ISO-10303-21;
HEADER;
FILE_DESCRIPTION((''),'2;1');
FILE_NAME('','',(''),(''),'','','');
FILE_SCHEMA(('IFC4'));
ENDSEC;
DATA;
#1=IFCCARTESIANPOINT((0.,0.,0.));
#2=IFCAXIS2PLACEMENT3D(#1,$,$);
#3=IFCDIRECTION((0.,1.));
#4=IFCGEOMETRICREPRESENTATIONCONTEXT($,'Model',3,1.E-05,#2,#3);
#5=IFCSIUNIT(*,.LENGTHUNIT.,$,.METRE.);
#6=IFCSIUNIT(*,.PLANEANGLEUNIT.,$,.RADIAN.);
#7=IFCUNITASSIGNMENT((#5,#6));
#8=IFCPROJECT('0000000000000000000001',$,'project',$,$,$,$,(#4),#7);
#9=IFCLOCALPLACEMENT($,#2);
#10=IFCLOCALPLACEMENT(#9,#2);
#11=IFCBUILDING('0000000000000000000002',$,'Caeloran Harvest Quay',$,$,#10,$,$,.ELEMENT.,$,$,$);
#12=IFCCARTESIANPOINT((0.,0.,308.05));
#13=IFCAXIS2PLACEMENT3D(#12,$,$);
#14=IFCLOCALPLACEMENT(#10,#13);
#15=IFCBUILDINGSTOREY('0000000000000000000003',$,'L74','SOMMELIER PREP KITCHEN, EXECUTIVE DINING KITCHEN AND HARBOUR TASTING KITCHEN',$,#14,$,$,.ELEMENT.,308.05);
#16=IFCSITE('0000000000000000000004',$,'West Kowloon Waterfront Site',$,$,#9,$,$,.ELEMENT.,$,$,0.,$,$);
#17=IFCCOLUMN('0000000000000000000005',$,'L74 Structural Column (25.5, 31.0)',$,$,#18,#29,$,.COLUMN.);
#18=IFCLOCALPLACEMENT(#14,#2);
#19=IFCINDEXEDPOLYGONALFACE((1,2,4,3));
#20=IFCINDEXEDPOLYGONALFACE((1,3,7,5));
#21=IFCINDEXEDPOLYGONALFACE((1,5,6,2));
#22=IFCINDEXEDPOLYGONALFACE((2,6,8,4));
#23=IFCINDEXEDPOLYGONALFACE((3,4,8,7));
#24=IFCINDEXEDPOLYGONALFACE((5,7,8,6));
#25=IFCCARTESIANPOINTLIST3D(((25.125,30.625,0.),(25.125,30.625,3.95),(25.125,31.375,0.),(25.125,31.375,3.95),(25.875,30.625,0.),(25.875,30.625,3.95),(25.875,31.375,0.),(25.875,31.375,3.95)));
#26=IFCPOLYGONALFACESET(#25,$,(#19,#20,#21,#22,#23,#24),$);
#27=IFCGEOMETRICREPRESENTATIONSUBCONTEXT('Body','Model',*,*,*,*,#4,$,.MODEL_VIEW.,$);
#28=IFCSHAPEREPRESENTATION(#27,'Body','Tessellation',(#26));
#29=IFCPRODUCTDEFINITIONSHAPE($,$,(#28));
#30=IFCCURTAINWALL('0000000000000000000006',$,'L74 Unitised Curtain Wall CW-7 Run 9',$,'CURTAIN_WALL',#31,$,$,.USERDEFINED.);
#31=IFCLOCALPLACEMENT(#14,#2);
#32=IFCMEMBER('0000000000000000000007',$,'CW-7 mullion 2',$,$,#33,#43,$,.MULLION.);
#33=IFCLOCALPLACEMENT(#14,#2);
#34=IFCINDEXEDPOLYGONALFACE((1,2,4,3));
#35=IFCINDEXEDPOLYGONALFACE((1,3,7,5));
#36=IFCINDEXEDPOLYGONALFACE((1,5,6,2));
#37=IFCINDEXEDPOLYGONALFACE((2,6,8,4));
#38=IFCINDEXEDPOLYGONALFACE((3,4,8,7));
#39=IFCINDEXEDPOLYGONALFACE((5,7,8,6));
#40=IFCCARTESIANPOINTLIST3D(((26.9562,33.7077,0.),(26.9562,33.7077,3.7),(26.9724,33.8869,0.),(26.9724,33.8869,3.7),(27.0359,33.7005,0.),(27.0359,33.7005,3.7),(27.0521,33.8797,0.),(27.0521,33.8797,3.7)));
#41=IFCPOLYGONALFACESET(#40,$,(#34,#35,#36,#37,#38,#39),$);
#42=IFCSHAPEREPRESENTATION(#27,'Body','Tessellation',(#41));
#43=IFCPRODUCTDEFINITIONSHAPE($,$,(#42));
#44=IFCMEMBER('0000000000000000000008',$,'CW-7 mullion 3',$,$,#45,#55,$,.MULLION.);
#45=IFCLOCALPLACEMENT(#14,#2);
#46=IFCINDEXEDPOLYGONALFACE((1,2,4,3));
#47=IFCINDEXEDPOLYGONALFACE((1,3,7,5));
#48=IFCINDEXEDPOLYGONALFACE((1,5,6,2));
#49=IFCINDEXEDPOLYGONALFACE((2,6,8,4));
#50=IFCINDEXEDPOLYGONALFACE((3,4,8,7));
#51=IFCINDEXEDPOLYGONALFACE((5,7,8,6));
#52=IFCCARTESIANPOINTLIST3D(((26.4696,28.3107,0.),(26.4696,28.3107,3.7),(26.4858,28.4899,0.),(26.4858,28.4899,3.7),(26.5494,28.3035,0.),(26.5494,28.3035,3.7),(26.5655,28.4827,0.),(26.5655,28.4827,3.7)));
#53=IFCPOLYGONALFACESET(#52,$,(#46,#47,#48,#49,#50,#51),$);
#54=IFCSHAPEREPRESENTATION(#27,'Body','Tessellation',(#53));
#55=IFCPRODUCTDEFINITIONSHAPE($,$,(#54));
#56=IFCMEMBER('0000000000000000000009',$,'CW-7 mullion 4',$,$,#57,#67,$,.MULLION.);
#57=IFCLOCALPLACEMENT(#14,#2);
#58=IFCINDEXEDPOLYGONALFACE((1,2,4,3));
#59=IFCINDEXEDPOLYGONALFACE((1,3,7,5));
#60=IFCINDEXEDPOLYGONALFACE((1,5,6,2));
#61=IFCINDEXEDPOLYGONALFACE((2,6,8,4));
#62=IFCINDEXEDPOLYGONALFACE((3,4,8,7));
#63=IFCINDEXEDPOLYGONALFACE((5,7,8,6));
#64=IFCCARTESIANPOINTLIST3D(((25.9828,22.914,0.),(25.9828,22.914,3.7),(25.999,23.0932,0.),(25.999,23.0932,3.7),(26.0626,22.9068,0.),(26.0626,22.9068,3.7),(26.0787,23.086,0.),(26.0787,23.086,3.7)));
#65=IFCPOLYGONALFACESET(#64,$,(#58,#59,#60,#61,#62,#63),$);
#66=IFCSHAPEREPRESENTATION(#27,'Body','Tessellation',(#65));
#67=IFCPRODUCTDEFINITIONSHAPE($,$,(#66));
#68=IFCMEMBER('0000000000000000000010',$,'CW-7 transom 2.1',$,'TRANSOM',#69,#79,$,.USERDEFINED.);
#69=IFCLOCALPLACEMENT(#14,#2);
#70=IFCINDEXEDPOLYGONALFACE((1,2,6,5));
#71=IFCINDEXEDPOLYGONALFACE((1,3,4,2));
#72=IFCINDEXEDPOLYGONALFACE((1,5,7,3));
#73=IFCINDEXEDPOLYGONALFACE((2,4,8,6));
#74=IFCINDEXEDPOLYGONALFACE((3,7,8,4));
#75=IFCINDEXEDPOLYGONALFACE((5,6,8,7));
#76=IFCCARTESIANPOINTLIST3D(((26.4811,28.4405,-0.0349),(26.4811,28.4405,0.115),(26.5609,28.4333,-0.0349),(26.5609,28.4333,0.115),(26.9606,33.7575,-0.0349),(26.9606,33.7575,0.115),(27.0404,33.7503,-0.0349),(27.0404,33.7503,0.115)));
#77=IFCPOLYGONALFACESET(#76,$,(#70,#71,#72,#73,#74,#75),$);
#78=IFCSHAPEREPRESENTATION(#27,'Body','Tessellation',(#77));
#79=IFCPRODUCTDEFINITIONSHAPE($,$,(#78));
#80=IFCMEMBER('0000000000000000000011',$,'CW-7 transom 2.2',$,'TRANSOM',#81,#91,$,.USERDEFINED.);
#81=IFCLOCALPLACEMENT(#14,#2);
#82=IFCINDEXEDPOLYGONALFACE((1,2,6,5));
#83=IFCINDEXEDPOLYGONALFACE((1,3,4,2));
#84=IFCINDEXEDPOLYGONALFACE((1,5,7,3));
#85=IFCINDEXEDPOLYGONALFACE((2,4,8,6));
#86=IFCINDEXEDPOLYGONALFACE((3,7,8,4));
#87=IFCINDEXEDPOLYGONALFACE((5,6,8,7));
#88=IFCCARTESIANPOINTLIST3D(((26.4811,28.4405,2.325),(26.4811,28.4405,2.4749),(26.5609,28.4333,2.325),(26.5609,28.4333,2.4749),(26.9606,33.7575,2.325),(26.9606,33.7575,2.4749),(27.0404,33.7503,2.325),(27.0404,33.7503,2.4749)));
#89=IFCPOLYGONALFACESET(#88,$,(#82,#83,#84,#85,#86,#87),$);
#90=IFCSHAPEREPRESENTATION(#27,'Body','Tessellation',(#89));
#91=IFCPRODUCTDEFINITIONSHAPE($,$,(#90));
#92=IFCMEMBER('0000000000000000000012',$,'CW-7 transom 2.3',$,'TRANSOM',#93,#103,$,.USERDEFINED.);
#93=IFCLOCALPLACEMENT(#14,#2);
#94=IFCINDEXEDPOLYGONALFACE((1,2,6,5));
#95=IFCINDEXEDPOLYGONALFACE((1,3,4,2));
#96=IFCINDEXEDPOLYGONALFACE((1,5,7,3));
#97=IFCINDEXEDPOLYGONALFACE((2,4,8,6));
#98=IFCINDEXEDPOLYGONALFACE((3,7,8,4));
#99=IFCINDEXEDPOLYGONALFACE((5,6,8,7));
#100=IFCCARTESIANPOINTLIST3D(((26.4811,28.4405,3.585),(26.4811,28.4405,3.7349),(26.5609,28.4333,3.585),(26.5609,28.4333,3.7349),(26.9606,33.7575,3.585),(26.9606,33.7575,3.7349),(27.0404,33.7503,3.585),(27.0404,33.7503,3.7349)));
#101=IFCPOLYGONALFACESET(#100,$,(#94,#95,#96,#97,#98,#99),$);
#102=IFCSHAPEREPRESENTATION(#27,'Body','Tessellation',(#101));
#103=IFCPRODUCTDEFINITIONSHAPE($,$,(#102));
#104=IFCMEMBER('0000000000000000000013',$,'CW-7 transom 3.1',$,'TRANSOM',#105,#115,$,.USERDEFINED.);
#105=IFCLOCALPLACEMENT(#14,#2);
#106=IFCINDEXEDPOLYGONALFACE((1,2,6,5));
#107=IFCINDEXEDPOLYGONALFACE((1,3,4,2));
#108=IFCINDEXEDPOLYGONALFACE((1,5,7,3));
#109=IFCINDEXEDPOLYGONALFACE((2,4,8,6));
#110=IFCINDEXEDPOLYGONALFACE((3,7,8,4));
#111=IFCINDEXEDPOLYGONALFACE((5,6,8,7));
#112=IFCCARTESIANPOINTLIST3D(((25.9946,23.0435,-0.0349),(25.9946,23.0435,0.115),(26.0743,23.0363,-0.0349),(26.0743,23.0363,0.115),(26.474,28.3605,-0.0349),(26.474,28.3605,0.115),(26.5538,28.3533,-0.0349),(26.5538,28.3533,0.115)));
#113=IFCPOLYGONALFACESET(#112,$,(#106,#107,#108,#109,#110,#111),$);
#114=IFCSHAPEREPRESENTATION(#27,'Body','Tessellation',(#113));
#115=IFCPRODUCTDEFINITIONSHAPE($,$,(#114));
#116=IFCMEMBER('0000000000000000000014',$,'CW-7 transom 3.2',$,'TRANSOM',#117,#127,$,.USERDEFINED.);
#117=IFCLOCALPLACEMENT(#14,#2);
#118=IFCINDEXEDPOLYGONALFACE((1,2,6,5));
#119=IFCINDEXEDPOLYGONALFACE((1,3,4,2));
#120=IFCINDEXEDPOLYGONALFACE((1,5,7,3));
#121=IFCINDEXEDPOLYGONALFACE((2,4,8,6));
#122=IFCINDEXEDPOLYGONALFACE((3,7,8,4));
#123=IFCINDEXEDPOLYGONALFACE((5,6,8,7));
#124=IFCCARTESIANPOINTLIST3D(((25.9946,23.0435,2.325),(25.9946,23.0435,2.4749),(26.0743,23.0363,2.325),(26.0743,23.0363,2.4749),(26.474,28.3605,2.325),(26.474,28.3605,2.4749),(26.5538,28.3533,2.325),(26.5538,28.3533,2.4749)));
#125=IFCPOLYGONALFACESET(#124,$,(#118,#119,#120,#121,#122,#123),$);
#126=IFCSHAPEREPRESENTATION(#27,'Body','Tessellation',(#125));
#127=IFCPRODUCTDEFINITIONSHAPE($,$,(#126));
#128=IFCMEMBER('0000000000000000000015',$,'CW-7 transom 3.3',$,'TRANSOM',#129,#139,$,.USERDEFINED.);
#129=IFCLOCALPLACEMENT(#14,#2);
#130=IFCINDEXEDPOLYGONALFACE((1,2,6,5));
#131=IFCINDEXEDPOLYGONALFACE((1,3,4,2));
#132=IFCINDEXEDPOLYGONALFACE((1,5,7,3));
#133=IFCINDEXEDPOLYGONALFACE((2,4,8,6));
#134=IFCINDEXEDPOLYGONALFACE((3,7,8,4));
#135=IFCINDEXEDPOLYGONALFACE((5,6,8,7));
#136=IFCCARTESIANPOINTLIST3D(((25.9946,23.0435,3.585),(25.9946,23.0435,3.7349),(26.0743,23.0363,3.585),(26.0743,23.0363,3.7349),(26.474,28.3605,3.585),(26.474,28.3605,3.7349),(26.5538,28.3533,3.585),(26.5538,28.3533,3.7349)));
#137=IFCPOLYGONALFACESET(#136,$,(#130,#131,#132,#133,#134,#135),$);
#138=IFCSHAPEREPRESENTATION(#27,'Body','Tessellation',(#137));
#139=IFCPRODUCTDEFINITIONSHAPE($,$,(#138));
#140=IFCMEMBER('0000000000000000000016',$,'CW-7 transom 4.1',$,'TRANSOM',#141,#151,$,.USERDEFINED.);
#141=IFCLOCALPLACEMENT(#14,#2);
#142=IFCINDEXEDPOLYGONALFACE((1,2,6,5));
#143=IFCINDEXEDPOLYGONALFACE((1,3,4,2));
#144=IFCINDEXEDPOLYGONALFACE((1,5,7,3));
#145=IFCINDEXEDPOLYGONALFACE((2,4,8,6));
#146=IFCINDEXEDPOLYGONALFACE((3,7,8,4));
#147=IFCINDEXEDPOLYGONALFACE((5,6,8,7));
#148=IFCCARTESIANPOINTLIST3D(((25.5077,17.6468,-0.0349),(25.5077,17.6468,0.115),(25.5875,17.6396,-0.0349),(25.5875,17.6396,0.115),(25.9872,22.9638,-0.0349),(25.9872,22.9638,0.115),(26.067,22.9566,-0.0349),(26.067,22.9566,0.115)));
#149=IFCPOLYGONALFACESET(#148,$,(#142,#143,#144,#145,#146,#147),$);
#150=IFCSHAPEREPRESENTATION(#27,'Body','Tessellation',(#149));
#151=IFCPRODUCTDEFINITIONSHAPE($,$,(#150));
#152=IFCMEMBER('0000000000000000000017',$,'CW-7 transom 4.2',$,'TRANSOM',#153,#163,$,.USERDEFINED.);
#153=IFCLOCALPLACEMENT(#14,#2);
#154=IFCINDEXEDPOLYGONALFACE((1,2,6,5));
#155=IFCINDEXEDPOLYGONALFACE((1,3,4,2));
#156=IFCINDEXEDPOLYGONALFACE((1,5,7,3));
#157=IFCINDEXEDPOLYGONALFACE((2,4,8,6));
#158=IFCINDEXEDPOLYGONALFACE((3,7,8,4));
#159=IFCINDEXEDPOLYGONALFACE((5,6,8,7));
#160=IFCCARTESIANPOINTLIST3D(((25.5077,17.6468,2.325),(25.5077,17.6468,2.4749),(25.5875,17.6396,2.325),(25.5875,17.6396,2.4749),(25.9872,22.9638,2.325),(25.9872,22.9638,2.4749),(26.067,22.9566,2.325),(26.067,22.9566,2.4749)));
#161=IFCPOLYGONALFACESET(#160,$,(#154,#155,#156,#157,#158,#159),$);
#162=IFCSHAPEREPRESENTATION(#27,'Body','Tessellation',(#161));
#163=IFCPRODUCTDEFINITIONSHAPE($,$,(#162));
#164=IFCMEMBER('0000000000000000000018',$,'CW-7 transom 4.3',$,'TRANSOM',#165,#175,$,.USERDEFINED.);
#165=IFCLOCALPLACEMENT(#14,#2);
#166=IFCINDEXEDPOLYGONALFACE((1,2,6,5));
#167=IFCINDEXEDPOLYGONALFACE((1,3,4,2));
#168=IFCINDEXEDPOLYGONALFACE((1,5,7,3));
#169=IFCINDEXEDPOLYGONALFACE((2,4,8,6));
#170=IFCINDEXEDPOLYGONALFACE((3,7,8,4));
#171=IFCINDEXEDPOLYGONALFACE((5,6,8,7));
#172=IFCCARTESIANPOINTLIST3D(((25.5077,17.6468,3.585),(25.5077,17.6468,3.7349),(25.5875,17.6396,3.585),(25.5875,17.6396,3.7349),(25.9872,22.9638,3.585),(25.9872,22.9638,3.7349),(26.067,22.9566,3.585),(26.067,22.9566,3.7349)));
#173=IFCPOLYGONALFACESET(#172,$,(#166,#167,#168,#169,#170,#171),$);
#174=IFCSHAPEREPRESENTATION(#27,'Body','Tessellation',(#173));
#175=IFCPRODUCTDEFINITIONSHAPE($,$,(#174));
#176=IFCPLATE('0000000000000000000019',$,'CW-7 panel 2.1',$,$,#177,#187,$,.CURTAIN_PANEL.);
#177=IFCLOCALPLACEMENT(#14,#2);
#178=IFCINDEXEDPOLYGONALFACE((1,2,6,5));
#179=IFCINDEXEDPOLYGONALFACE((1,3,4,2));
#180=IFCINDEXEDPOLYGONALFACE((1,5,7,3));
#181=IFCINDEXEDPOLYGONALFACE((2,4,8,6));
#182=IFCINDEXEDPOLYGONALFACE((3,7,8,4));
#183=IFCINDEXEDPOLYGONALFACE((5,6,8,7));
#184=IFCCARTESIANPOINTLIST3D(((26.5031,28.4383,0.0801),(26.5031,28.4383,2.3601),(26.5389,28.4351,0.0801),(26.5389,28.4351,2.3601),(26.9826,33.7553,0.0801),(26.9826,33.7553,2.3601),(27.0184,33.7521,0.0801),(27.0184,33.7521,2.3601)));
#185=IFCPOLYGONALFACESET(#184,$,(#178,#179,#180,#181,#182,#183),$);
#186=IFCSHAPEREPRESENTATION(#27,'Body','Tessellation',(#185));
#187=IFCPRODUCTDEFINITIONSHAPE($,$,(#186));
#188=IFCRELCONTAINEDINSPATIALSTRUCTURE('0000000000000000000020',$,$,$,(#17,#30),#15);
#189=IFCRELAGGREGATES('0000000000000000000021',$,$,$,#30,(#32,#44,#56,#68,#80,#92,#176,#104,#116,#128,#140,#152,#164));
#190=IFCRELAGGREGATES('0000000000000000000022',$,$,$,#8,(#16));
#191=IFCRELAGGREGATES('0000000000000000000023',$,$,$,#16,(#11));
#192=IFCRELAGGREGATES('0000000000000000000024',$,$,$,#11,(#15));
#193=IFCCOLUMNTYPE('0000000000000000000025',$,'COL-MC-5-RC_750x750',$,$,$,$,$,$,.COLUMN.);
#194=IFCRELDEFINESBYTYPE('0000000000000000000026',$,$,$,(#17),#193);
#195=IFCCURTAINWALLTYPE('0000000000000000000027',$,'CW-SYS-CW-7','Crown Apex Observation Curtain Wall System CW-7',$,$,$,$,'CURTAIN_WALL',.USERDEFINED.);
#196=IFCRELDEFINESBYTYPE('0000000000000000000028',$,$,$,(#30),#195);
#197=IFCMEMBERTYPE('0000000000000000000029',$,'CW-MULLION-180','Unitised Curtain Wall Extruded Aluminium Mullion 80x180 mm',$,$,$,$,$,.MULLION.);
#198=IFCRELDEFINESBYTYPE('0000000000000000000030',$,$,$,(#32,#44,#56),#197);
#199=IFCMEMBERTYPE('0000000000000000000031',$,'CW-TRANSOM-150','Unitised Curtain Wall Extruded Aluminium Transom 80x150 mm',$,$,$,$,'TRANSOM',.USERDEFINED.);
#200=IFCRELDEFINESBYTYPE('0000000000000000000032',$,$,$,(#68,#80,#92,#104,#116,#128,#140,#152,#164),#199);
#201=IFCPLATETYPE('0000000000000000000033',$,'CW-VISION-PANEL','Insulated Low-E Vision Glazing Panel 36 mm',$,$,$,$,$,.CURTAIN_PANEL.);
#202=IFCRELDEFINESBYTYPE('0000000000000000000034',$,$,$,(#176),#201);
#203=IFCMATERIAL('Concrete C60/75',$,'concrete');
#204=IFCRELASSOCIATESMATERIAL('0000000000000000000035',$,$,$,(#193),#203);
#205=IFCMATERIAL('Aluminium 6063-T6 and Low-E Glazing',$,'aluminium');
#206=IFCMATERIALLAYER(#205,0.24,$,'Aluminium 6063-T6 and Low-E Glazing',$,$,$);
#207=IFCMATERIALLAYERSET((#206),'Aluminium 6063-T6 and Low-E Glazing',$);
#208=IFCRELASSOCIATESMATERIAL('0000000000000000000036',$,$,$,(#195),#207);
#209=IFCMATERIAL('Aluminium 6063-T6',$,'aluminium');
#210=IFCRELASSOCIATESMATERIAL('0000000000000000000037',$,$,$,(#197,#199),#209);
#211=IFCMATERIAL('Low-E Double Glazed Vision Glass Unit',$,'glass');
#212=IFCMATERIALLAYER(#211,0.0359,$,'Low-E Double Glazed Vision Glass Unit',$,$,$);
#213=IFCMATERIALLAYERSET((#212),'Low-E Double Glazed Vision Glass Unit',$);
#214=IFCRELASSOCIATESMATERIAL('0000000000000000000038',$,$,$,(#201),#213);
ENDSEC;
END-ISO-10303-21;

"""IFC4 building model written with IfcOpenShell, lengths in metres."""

from ifc_helpers import new_model, si_unit, direction, frame, origin, origin_2d, place, context, subcontext, project, spatial, rectangle, extrude, material, layer, layer_set, material_profile, profile_set, type_object, element, aggregate, save


model = new_model("IFC4")

# Units and contexts
model_context = context("Model", 3, precision=1e-05, world=origin(), true_north=direction((0.0, 1.0)))
body_context = subcontext(model_context, "Body", "Model", "MODEL_VIEW")
ifc_project = project(units=[si_unit("LENGTHUNIT", "METRE"), si_unit("PLANEANGLEUNIT", "RADIAN")], contexts=[model_context])

# Site, building, storey
site_placement = place(None, origin())
site = spatial("IfcSite", under=ifc_project, at=site_placement, Name="West Kowloon Waterfront Site", CompositionType="ELEMENT", RefElevation=0.0)
building_placement = place(site_placement, origin())
building = spatial("IfcBuilding", under=site, at=building_placement, Name="Caeloran Harvest Quay", CompositionType="ELEMENT")
storey_placement = place(building_placement, frame((0.0, 0.0, 308.05)))
storey = spatial("IfcBuildingStorey", under=building, at=storey_placement, Name="L74", Description="SOMMELIER PREP KITCHEN, EXECUTIVE DINING KITCHEN AND HARBOUR TASTING KITCHEN", CompositionType="ELEMENT", Elevation=308.05)

# Column
ifc_material_1 = material(Name="Concrete C60/75", Category="concrete")
ifc_material_profile_1 = material_profile(ifc_material_1, rectangle(XDim=0.75, YDim=0.75, at=origin_2d()), Name="RC 750x750")
ifc_profile_set_1 = profile_set([ifc_material_profile_1], Name="Concrete C60/75")
column_type = type_object("IfcColumnType", Name="COL-MC-5-RC_750x750", PredefinedType="COLUMN", material=ifc_profile_set_1)
column_placement = place(storey_placement, frame((25.5, 31.0, 0.0), z_axis=(0.0, 0.0, 1.0), x_axis=(1.0, 0.0, 0.0)))
element("IfcColumn", 1, at=column_placement, inside=storey, type_object=column_type, Name="L74 Structural Column (25.5, 31.0)", PredefinedType="COLUMN", context=body_context, shape_type="SweptSolid", body=[
    extrude(rectangle(XDim=0.75, YDim=0.75, at=origin_2d()), origin(), (0.0, 0.0, 1.0), 3.95),
])

# Curtain wall, members, plate
ifc_material_2 = material(Name="Aluminium 6063-T6 and Low-E Glazing", Category="aluminium")
ifc_layer_1 = layer(ifc_material_2, 0.24, Name="Aluminium 6063-T6 and Low-E Glazing")
ifc_layer_set_1 = layer_set([ifc_layer_1], Name="Aluminium 6063-T6 and Low-E Glazing")
curtain_wall_type = type_object("IfcCurtainWallType", Name="CW-SYS-CW-7", Description="Crown Apex Observation Curtain Wall System CW-7", ElementType="CURTAIN_WALL", PredefinedType="USERDEFINED", material=ifc_layer_set_1)
curtain_wall_placement = place(storey_placement, origin())
curtain_wall = element("IfcCurtainWall", 2, at=curtain_wall_placement, inside=storey, type_object=curtain_wall_type, Name="L74 Unitised Curtain Wall CW-7 Run 9", ObjectType="CURTAIN_WALL", PredefinedType="USERDEFINED")
ifc_material_3 = material(Name="Aluminium 6063-T6", Category="aluminium")
ifc_material_profile_2 = material_profile(ifc_material_3, rectangle(XDim=0.0801, YDim=0.1799, at=origin_2d()), Name="CW-MULLION-180")
ifc_profile_set_2 = profile_set([ifc_material_profile_2], Name="Aluminium 6063-T6")
member_type_1 = type_object("IfcMemberType", Name="CW-MULLION-180", Description="Unitised Curtain Wall Extruded Aluminium Mullion 80x180 mm", PredefinedType="MULLION", material=ifc_profile_set_2)
member_1_placement = place(storey_placement, frame((27.0042, 33.7937, 0.0), z_axis=(0.0, 0.0, 1.0), x_axis=(0.995958, -0.089821, 0.0)))
member_1 = element("IfcMember", 3, at=member_1_placement, type_object=member_type_1, Name="CW-7 mullion 2", PredefinedType="MULLION", context=body_context, shape_type="SweptSolid", body=[
    extrude(rectangle(XDim=0.0801, YDim=0.1799, at=origin_2d()), origin(), (0.0, 0.0, 1.0), 3.7),
])
member_2_placement = place(storey_placement, frame((26.5176, 28.3967, 0.0), z_axis=(0.0, 0.0, 1.0), x_axis=(0.995958, -0.089821, 0.0)))
member_2 = element("IfcMember", 4, at=member_2_placement, type_object=member_type_1, Name="CW-7 mullion 3", PredefinedType="MULLION", context=body_context, shape_type="SweptSolid", body=[
    extrude(rectangle(XDim=0.0801, YDim=0.1799, at=origin_2d()), origin(), (0.0, 0.0, 1.0), 3.7),
])
member_3_placement = place(storey_placement, frame((26.0308, 23.0, 0.0), z_axis=(0.0, 0.0, 1.0), x_axis=(0.995958, -0.089821, 0.0)))
member_3 = element("IfcMember", 5, at=member_3_placement, type_object=member_type_1, Name="CW-7 mullion 4", PredefinedType="MULLION", context=body_context, shape_type="SweptSolid", body=[
    extrude(rectangle(XDim=0.0801, YDim=0.1799, at=origin_2d()), origin(), (0.0, 0.0, 1.0), 3.7),
])
ifc_material_profile_3 = material_profile(ifc_material_3, rectangle(XDim=0.0801, YDim=0.1499, at=origin_2d()), Name="CW-TRANSOM-150")
ifc_profile_set_3 = profile_set([ifc_material_profile_3], Name="Aluminium 6063-T6")
member_type_2 = type_object("IfcMemberType", Name="CW-TRANSOM-150", Description="Unitised Curtain Wall Extruded Aluminium Transom 80x150 mm", ElementType="TRANSOM", PredefinedType="USERDEFINED", material=ifc_profile_set_3)
member_4_placement = place(storey_placement, frame((27.0005, 33.7539, 0.04), z_axis=(-0.089814, -0.995959, 0.0), x_axis=(0.995959, -0.089814, 0.0)))
member_4 = element("IfcMember", 6, at=member_4_placement, type_object=member_type_2, Name="CW-7 transom 2.1", ObjectType="TRANSOM", PredefinedType="USERDEFINED", context=body_context, shape_type="SweptSolid", body=[
    extrude(rectangle(XDim=0.0801, YDim=0.1499, at=origin_2d()), origin(), (0.0, 0.0, 1.0), 5.3386),
])
member_5_placement = place(storey_placement, frame((27.0005, 33.7539, 2.3999), z_axis=(-0.089814, -0.995959, 0.0), x_axis=(0.995959, -0.089814, 0.0)))
member_5 = element("IfcMember", 7, at=member_5_placement, type_object=member_type_2, Name="CW-7 transom 2.2", ObjectType="TRANSOM", PredefinedType="USERDEFINED", context=body_context, shape_type="SweptSolid", body=[
    extrude(rectangle(XDim=0.0801, YDim=0.1499, at=origin_2d()), origin(), (0.0, 0.0, 1.0), 5.3386),
])
member_6_placement = place(storey_placement, frame((27.0005, 33.7539, 3.6599), z_axis=(-0.089814, -0.995959, 0.0), x_axis=(0.995959, -0.089814, 0.0)))
member_6 = element("IfcMember", 8, at=member_6_placement, type_object=member_type_2, Name="CW-7 transom 2.3", ObjectType="TRANSOM", PredefinedType="USERDEFINED", context=body_context, shape_type="SweptSolid", body=[
    extrude(rectangle(XDim=0.0801, YDim=0.1499, at=origin_2d()), origin(), (0.0, 0.0, 1.0), 5.3386),
])
member_7_placement = place(storey_placement, frame((26.5139, 28.3569, 0.04), z_axis=(-0.089814, -0.995959, 0.0), x_axis=(0.995959, -0.089814, 0.0)))
member_7 = element("IfcMember", 9, at=member_7_placement, type_object=member_type_2, Name="CW-7 transom 3.1", ObjectType="TRANSOM", PredefinedType="USERDEFINED", context=body_context, shape_type="SweptSolid", body=[
    extrude(rectangle(XDim=0.0801, YDim=0.1499, at=origin_2d()), origin(), (0.0, 0.0, 1.0), 5.3386),
])
member_8_placement = place(storey_placement, frame((26.5139, 28.3569, 2.3999), z_axis=(-0.089814, -0.995959, 0.0), x_axis=(0.995959, -0.089814, 0.0)))
member_8 = element("IfcMember", 10, at=member_8_placement, type_object=member_type_2, Name="CW-7 transom 3.2", ObjectType="TRANSOM", PredefinedType="USERDEFINED", context=body_context, shape_type="SweptSolid", body=[
    extrude(rectangle(XDim=0.0801, YDim=0.1499, at=origin_2d()), origin(), (0.0, 0.0, 1.0), 5.3386),
])
member_9_placement = place(storey_placement, frame((26.5139, 28.3569, 3.6599), z_axis=(-0.089814, -0.995959, 0.0), x_axis=(0.995959, -0.089814, 0.0)))
member_9 = element("IfcMember", 11, at=member_9_placement, type_object=member_type_2, Name="CW-7 transom 3.3", ObjectType="TRANSOM", PredefinedType="USERDEFINED", context=body_context, shape_type="SweptSolid", body=[
    extrude(rectangle(XDim=0.0801, YDim=0.1499, at=origin_2d()), origin(), (0.0, 0.0, 1.0), 5.3386),
])
member_10_placement = place(storey_placement, frame((26.0271, 22.9602, 0.04), z_axis=(-0.089814, -0.995959, 0.0), x_axis=(0.995959, -0.089814, 0.0)))
member_10 = element("IfcMember", 12, at=member_10_placement, type_object=member_type_2, Name="CW-7 transom 4.1", ObjectType="TRANSOM", PredefinedType="USERDEFINED", context=body_context, shape_type="SweptSolid", body=[
    extrude(rectangle(XDim=0.0801, YDim=0.1499, at=origin_2d()), origin(), (0.0, 0.0, 1.0), 5.3386),
])
member_11_placement = place(storey_placement, frame((26.0271, 22.9602, 2.3999), z_axis=(-0.089814, -0.995959, 0.0), x_axis=(0.995959, -0.089814, 0.0)))
member_11 = element("IfcMember", 13, at=member_11_placement, type_object=member_type_2, Name="CW-7 transom 4.2", ObjectType="TRANSOM", PredefinedType="USERDEFINED", context=body_context, shape_type="SweptSolid", body=[
    extrude(rectangle(XDim=0.0801, YDim=0.1499, at=origin_2d()), origin(), (0.0, 0.0, 1.0), 5.3386),
])
member_12_placement = place(storey_placement, frame((26.0271, 22.9602, 3.6599), z_axis=(-0.089814, -0.995959, 0.0), x_axis=(0.995959, -0.089814, 0.0)))
member_12 = element("IfcMember", 14, at=member_12_placement, type_object=member_type_2, Name="CW-7 transom 4.3", ObjectType="TRANSOM", PredefinedType="USERDEFINED", context=body_context, shape_type="SweptSolid", body=[
    extrude(rectangle(XDim=0.0801, YDim=0.1499, at=origin_2d()), origin(), (0.0, 0.0, 1.0), 5.3386),
])
ifc_material_4 = material(Name="Low-E Double Glazed Vision Glass Unit", Category="glass")
ifc_layer_2 = layer(ifc_material_4, 0.0359, Name="Low-E Double Glazed Vision Glass Unit")
ifc_layer_set_2 = layer_set([ifc_layer_2], Name="Low-E Double Glazed Vision Glass Unit")
plate_type = type_object("IfcPlateType", Name="CW-VISION-PANEL", Description="Insulated Low-E Vision Glazing Panel 36 mm", PredefinedType="CURTAIN_PANEL", material=ifc_layer_set_2)
plate_1_placement = place(storey_placement, frame((26.7607, 31.0952, 0.0801), z_axis=(0.0, 0.0, 1.0), x_axis=(-0.089821, -0.995958, 0.0)))
plate_1 = element("IfcPlate", 15, at=plate_1_placement, type_object=plate_type, Name="CW-7 panel 2.1", PredefinedType="CURTAIN_PANEL", context=body_context, shape_type="SweptSolid", body=[
    extrude(rectangle(XDim=5.3386, YDim=0.0359, at=origin_2d()), origin(), (0.0, 0.0, 1.0), 2.28),
])
aggregate(curtain_wall, [member_1, member_2, member_3, member_4, member_5, member_6, plate_1, member_7, member_8, member_9, member_10, member_11, member_12])

save(model, "model.ifc")
